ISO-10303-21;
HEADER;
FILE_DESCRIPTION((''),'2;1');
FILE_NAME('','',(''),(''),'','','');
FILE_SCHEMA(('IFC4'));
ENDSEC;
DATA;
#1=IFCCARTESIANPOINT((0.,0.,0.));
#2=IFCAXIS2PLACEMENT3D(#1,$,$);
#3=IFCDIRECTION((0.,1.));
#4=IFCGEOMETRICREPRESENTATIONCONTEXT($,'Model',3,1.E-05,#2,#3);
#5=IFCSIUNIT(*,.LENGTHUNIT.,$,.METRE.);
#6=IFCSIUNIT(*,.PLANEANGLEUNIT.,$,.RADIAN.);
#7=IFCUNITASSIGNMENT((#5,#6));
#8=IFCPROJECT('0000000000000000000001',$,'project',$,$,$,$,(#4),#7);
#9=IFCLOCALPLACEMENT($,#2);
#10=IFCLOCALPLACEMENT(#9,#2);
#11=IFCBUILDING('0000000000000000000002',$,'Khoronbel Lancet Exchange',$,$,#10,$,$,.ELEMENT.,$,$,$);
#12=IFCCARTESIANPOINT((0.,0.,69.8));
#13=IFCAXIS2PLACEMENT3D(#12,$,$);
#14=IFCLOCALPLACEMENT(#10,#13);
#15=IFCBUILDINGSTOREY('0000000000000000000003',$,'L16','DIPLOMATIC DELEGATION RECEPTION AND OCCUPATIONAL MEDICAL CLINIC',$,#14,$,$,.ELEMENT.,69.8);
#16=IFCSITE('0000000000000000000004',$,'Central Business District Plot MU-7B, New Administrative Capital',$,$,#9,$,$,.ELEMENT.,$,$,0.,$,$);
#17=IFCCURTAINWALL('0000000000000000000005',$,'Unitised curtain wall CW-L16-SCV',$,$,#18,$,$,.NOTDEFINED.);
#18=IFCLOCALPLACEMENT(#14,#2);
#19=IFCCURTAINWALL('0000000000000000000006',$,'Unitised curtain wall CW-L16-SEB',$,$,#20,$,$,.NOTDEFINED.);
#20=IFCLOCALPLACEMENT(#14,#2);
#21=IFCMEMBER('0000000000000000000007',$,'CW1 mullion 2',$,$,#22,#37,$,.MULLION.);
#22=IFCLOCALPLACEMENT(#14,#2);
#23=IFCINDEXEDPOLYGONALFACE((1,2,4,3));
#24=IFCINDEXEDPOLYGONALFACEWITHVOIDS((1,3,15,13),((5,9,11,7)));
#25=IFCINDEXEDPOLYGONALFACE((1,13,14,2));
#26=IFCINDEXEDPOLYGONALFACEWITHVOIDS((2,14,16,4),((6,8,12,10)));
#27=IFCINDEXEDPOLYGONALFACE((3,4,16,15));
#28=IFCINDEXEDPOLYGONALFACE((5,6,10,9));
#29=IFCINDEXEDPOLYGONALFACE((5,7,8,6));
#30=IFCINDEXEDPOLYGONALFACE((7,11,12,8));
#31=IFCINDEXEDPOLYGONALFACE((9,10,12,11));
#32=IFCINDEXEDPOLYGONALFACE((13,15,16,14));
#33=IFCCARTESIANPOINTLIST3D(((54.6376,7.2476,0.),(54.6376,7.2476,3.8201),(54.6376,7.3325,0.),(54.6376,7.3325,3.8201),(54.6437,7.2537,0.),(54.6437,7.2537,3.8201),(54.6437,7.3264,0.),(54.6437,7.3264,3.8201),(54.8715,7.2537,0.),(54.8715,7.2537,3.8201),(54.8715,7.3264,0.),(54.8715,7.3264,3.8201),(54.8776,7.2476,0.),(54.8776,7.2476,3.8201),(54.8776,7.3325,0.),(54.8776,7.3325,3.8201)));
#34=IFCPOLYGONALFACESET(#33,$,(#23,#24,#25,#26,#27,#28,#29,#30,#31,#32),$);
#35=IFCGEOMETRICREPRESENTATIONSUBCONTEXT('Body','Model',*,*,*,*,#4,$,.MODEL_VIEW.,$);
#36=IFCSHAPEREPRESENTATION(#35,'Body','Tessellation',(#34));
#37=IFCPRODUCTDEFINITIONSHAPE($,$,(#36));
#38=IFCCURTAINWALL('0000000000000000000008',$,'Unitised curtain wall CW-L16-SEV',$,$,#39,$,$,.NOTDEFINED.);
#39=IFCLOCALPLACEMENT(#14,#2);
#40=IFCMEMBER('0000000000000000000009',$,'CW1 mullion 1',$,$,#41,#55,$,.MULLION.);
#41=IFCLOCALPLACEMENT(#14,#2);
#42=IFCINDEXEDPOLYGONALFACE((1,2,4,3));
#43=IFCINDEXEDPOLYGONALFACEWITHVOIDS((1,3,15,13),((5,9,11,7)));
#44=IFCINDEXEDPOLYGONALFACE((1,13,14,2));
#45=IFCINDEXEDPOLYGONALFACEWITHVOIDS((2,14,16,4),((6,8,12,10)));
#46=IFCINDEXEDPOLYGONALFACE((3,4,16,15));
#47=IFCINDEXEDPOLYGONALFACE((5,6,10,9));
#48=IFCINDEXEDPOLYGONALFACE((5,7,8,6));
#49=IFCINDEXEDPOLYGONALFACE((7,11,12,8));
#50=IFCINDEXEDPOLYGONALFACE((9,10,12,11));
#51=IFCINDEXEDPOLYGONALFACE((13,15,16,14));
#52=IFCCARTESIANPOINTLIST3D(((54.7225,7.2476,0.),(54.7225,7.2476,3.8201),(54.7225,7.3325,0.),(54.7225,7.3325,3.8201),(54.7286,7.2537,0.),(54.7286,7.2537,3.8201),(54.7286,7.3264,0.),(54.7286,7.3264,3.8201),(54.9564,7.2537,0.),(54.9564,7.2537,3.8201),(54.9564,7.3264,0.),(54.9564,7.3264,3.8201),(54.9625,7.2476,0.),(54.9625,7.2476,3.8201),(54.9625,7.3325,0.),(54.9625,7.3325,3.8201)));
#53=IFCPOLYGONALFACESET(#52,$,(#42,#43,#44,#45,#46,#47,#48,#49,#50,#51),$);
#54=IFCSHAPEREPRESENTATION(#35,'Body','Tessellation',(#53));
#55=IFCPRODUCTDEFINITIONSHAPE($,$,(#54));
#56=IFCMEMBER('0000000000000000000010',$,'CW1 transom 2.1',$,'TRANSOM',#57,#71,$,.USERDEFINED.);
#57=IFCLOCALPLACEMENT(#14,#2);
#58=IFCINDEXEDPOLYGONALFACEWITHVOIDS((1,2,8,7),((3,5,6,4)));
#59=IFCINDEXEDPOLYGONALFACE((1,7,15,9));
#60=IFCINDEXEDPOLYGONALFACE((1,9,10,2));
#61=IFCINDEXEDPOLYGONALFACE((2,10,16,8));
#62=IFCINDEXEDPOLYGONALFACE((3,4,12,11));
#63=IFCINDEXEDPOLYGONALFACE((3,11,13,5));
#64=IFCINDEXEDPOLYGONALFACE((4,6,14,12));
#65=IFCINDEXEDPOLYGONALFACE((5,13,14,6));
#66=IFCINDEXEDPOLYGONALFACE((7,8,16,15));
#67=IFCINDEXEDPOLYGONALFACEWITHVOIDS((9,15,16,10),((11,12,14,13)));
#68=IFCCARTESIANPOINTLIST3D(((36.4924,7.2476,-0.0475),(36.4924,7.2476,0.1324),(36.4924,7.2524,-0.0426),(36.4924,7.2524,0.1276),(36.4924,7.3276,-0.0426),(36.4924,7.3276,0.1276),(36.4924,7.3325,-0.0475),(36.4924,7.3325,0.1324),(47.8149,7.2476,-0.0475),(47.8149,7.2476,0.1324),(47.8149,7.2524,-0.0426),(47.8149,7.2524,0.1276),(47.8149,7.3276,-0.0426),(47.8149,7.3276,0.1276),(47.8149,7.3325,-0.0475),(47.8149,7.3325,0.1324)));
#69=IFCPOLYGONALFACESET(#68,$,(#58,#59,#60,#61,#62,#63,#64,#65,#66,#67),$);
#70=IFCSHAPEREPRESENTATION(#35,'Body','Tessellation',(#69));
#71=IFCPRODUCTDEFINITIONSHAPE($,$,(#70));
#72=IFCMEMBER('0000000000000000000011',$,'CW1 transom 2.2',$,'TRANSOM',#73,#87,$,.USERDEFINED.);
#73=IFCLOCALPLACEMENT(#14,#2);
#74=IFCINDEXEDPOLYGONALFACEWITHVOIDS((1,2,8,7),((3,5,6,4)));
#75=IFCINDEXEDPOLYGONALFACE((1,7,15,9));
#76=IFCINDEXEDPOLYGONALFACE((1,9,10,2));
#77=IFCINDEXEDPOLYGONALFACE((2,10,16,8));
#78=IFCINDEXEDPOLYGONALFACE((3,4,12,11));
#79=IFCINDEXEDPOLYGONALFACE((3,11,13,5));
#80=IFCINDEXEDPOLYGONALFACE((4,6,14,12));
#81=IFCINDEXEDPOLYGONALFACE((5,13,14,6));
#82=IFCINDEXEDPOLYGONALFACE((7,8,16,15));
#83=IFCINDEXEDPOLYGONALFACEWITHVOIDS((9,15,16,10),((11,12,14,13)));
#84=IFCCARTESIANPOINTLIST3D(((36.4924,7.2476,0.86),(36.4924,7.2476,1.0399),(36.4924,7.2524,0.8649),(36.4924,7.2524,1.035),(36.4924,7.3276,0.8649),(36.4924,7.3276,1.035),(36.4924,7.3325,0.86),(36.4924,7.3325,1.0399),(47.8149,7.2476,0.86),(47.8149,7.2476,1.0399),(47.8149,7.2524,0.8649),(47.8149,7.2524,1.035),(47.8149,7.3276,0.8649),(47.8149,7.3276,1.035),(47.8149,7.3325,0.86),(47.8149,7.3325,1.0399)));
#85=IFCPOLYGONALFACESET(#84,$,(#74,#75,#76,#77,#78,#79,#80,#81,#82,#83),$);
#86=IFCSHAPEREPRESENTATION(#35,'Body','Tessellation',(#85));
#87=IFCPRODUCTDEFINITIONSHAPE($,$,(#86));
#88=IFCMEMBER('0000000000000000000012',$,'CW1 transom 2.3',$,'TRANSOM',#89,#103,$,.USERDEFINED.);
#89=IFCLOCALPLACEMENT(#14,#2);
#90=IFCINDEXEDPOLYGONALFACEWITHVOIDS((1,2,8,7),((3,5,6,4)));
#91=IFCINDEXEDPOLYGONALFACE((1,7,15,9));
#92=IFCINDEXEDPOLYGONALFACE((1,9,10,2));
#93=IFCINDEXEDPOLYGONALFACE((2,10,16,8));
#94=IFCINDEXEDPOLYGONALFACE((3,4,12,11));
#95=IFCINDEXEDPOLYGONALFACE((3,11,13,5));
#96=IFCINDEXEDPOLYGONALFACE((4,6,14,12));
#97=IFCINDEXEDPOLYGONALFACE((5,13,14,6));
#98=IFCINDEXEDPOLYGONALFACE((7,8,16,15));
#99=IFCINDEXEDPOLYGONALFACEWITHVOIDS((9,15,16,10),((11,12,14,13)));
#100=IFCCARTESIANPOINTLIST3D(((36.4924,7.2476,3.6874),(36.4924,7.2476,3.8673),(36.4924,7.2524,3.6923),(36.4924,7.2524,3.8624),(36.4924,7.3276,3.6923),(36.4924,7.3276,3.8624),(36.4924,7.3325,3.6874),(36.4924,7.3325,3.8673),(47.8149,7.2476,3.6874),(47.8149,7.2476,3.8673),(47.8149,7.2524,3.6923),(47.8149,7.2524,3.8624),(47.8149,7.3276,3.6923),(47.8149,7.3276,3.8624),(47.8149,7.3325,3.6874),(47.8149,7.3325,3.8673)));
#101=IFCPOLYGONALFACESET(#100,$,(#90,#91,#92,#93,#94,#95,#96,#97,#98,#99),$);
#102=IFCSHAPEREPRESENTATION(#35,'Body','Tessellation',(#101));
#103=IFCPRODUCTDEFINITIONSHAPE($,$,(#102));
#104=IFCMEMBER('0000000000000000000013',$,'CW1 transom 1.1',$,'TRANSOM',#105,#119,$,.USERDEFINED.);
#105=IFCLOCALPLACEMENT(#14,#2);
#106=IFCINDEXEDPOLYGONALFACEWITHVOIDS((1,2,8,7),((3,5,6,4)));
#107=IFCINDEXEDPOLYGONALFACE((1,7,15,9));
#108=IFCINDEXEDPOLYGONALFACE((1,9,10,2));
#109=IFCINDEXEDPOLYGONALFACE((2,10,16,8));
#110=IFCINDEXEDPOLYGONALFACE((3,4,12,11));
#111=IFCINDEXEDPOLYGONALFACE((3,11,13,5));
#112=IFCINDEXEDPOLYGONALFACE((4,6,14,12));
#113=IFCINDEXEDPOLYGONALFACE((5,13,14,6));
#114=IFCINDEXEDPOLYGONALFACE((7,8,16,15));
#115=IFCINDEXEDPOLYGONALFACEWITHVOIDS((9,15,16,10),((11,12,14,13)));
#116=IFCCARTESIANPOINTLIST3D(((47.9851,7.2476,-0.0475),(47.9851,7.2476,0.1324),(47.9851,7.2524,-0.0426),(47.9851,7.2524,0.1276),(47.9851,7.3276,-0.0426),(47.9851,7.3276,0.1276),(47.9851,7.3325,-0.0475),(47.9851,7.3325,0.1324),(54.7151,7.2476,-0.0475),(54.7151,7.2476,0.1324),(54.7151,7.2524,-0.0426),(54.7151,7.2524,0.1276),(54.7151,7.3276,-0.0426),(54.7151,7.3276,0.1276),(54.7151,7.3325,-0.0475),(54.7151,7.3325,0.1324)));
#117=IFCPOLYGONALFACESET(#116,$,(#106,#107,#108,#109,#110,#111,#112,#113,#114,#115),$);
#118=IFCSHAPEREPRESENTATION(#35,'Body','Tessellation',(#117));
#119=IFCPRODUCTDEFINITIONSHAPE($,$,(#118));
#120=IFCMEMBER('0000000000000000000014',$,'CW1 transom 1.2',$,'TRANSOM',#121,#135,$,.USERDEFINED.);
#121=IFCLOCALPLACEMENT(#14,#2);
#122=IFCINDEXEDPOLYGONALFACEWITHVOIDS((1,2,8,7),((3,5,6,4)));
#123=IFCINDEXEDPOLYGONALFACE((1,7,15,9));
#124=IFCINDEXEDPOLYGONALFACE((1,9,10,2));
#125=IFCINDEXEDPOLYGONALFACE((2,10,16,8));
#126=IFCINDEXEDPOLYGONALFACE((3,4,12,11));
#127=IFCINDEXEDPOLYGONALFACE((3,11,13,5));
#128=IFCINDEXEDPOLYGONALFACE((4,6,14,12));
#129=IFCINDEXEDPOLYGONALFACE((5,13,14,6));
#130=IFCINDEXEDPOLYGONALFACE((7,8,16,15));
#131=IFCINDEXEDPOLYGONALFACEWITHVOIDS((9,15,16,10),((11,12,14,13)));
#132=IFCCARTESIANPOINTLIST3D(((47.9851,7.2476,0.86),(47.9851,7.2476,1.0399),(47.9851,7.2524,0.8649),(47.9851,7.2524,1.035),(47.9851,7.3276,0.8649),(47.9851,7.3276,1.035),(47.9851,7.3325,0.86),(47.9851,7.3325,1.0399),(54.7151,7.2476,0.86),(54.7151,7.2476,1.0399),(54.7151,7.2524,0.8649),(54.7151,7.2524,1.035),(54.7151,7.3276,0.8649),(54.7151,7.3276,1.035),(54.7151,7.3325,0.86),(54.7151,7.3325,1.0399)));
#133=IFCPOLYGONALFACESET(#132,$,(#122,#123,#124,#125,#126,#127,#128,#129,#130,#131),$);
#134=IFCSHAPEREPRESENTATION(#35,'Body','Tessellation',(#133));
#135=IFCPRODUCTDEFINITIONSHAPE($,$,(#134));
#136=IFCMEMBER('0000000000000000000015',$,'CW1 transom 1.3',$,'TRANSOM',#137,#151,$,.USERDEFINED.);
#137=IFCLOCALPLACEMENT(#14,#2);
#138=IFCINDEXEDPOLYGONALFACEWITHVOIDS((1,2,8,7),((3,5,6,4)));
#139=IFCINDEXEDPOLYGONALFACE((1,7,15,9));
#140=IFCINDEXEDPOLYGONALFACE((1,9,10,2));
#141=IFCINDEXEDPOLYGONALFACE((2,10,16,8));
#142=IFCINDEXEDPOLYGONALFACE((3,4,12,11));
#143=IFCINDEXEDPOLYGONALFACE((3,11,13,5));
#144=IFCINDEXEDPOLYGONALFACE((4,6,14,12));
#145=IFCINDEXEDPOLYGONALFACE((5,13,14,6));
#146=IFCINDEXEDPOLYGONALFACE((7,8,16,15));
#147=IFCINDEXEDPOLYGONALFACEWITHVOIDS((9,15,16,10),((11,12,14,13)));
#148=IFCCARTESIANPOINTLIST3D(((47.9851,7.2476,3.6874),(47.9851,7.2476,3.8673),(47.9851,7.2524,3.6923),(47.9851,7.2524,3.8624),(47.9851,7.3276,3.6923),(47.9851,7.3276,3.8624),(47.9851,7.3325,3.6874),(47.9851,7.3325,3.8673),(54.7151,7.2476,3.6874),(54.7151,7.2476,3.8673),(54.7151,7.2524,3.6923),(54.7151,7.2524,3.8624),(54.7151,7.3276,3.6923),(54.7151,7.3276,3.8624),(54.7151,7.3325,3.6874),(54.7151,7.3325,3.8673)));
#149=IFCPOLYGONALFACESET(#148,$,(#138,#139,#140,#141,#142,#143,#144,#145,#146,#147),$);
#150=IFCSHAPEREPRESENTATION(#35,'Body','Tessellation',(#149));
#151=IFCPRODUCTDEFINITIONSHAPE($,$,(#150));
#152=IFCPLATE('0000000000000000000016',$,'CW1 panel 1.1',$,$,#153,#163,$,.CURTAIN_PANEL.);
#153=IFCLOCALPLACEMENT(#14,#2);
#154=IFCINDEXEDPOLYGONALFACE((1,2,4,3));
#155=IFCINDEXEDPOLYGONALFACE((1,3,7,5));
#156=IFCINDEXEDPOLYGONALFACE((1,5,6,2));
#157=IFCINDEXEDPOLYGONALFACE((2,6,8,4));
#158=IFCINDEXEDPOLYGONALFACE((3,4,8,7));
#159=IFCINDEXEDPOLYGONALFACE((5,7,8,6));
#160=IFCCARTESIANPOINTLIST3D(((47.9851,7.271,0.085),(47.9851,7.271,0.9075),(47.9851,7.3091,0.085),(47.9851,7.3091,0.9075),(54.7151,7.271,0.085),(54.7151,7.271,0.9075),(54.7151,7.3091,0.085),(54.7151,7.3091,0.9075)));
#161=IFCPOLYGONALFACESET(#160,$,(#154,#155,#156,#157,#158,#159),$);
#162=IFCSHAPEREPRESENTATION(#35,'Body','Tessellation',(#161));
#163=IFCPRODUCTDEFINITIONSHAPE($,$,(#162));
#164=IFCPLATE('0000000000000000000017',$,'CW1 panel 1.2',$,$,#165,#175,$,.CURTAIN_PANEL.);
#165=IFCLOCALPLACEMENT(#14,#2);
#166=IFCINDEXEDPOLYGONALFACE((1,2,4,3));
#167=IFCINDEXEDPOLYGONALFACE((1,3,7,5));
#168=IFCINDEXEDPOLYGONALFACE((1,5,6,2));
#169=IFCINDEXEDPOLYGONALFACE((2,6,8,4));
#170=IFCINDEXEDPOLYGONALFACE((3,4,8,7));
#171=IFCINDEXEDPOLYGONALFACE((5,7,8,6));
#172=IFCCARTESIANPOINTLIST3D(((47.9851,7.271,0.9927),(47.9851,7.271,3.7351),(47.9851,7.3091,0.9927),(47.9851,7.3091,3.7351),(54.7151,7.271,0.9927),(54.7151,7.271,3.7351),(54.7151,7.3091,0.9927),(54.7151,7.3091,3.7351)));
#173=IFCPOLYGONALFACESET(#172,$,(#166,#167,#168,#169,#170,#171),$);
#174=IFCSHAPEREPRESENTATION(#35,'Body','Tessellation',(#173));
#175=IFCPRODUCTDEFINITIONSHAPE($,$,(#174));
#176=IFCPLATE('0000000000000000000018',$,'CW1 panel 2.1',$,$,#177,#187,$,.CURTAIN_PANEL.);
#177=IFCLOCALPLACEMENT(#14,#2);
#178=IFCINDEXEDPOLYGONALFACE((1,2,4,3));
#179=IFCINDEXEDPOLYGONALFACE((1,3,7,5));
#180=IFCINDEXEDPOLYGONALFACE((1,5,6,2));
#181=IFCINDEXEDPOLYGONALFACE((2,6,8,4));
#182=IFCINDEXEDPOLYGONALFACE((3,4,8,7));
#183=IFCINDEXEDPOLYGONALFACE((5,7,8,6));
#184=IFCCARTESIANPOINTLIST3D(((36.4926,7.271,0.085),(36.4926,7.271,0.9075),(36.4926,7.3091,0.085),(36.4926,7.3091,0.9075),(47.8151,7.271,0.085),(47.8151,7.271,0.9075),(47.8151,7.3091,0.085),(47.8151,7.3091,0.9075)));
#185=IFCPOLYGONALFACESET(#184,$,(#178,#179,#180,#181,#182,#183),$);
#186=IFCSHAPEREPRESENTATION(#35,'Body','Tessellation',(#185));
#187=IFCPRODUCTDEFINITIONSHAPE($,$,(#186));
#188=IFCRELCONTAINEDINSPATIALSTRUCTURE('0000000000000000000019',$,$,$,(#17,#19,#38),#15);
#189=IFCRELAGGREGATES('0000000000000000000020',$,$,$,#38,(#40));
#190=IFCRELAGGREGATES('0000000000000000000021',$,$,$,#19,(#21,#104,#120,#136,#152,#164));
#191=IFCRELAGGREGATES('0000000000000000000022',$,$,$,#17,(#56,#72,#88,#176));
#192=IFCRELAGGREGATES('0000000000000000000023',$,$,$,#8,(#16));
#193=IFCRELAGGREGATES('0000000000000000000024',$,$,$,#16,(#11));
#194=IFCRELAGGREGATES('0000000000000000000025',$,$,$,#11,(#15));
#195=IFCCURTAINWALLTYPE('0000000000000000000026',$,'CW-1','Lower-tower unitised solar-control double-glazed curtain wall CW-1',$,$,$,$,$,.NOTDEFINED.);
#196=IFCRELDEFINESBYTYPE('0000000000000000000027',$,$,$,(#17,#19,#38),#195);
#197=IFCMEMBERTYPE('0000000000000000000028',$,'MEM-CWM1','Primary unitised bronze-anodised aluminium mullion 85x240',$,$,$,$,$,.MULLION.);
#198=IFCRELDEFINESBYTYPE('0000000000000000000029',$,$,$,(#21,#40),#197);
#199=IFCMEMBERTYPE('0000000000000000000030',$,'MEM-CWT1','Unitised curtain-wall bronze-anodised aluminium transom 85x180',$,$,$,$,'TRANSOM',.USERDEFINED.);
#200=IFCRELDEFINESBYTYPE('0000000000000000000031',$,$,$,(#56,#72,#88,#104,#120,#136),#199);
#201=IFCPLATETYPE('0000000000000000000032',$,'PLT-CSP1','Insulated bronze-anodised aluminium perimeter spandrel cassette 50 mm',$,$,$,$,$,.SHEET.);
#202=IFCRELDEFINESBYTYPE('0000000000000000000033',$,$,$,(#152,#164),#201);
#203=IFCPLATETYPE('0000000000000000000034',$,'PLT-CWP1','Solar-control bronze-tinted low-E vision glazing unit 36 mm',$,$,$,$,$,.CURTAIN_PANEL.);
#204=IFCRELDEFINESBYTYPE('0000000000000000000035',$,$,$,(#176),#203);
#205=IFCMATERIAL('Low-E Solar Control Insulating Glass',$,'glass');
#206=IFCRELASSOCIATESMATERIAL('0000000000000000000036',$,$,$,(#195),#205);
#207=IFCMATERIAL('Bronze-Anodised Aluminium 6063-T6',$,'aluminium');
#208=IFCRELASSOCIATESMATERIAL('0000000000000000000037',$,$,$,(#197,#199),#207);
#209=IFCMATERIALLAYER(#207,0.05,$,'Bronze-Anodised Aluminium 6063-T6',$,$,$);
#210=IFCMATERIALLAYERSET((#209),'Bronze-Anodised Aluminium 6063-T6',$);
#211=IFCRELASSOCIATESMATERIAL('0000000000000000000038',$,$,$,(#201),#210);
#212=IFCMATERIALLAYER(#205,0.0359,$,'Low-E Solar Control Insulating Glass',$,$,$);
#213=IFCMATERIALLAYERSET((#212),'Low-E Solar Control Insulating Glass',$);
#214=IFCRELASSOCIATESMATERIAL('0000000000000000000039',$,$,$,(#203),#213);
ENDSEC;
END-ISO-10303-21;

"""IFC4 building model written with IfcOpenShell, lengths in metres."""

from ifc_helpers import new_model, si_unit, direction, frame, origin, origin_2d, place, context, subcontext, project, spatial, rectangle, hollow_rectangle, extrude, material, layer, layer_set, material_profile, profile_set, type_object, element, aggregate, save


model = new_model("IFC4")

# Units and contexts
model_context = context("Model", 3, precision=1e-05, world=origin(), true_north=direction((0.0, 1.0)))
body_context = subcontext(model_context, "Body", "Model", "MODEL_VIEW")
ifc_project = project(units=[si_unit("LENGTHUNIT", "METRE"), si_unit("PLANEANGLEUNIT", "RADIAN")], contexts=[model_context])

# Site, building, storey
site_placement = place(None, origin())
site = spatial("IfcSite", under=ifc_project, at=site_placement, Name="Central Business District Plot MU-7B, New Administrative Capital", CompositionType="ELEMENT", RefElevation=0.0)
building_placement = place(site_placement, origin())
building = spatial("IfcBuilding", under=site, at=building_placement, Name="Khoronbel Lancet Exchange", CompositionType="ELEMENT")
storey_placement = place(building_placement, frame((0.0, 0.0, 69.8)))
storey = spatial("IfcBuildingStorey", under=building, at=storey_placement, Name="L16", Description="DIPLOMATIC DELEGATION RECEPTION AND OCCUPATIONAL MEDICAL CLINIC", CompositionType="ELEMENT", Elevation=69.8)

# Curtain walls, member
ifc_material_1 = material(Name="Low-E Solar Control Insulating Glass", Category="glass")
curtain_wall_type = type_object("IfcCurtainWallType", Name="CW-1", Description="Lower-tower unitised solar-control double-glazed curtain wall CW-1", PredefinedType="NOTDEFINED", material=ifc_material_1)
curtain_wall_1_placement = place(storey_placement, origin())
curtain_wall_1 = element("IfcCurtainWall", 1, at=curtain_wall_1_placement, inside=storey, type_object=curtain_wall_type, Name="Unitised curtain wall CW-L16-SCV", PredefinedType="NOTDEFINED")
ifc_material_2 = material(Name="Bronze-Anodised Aluminium 6063-T6", Category="aluminium")
ifc_material_profile_1 = material_profile(ifc_material_2, hollow_rectangle(XDim=0.085, YDim=0.24, WallThickness=0.0061, at=origin_2d()), Name="ALU MULLION 85x240")
ifc_profile_set_1 = profile_set([ifc_material_profile_1], Name="Bronze-Anodised Aluminium 6063-T6")
member_type_1 = type_object("IfcMemberType", Name="MEM-CWM1", Description="Primary unitised bronze-anodised aluminium mullion 85x240", PredefinedType="MULLION", material=ifc_profile_set_1)
curtain_wall_2_placement = place(storey_placement, origin())
curtain_wall_2 = element("IfcCurtainWall", 2, at=curtain_wall_2_placement, inside=storey, type_object=curtain_wall_type, Name="Unitised curtain wall CW-L16-SEB", PredefinedType="NOTDEFINED")
member_1_placement = place(storey_placement, frame((54.7576, 7.29, 0.0), z_axis=(0.0, 0.0, 1.0), x_axis=(0.0, 1.0, 0.0)))
member_1 = element("IfcMember", 3, at=member_1_placement, type_object=member_type_1, Name="CW1 mullion 2", PredefinedType="MULLION", context=body_context, shape_type="SweptSolid", body=[
    extrude(hollow_rectangle(XDim=0.085, YDim=0.24, WallThickness=0.0061, at=origin_2d()), origin(), (0.0, 0.0, 1.0), 3.8201),
])

# Curtain wall, member
curtain_wall_3_placement = place(storey_placement, origin())
curtain_wall_3 = element("IfcCurtainWall", 4, at=curtain_wall_3_placement, inside=storey, type_object=curtain_wall_type, Name="Unitised curtain wall CW-L16-SEV", PredefinedType="NOTDEFINED")
member_2_placement = place(storey_placement, frame((54.8425, 7.29, 0.0), z_axis=(0.0, 0.0, 1.0), x_axis=(0.0, 1.0, 0.0)))
member_2 = element("IfcMember", 5, at=member_2_placement, type_object=member_type_1, Name="CW1 mullion 1", PredefinedType="MULLION", context=body_context, shape_type="SweptSolid", body=[
    extrude(hollow_rectangle(XDim=0.085, YDim=0.24, WallThickness=0.0061, at=origin_2d()), origin(), (0.0, 0.0, 1.0), 3.8201),
])
aggregate(curtain_wall_3, [member_2])

# Members
ifc_material_profile_2 = material_profile(ifc_material_2, hollow_rectangle(XDim=0.085, YDim=0.1799, WallThickness=0.0049, at=origin_2d()), Name="ALU TRANSOM 85x180")
ifc_profile_set_2 = profile_set([ifc_material_profile_2], Name="Bronze-Anodised Aluminium 6063-T6")
member_type_2 = type_object("IfcMemberType", Name="MEM-CWT1", Description="Unitised curtain-wall bronze-anodised aluminium transom 85x180", ElementType="TRANSOM", PredefinedType="USERDEFINED", material=ifc_profile_set_2)
member_3_placement = place(storey_placement, frame((36.4924, 7.29, 0.0425), z_axis=(1.0, 0.0, 0.0), x_axis=(0.0, 1.0, 0.0)))
member_3 = element("IfcMember", 6, at=member_3_placement, type_object=member_type_2, Name="CW1 transom 2.1", ObjectType="TRANSOM", PredefinedType="USERDEFINED", context=body_context, shape_type="SweptSolid", body=[
    extrude(hollow_rectangle(XDim=0.085, YDim=0.1799, WallThickness=0.0049, at=origin_2d()), origin(), (0.0, 0.0, 1.0), 11.3225),
])
member_4_placement = place(storey_placement, frame((36.4924, 7.29, 0.95), z_axis=(1.0, 0.0, 0.0), x_axis=(0.0, 1.0, 0.0)))
member_4 = element("IfcMember", 7, at=member_4_placement, type_object=member_type_2, Name="CW1 transom 2.2", ObjectType="TRANSOM", PredefinedType="USERDEFINED", context=body_context, shape_type="SweptSolid", body=[
    extrude(hollow_rectangle(XDim=0.085, YDim=0.1799, WallThickness=0.0049, at=origin_2d()), origin(), (0.0, 0.0, 1.0), 11.3225),
])
member_5_placement = place(storey_placement, frame((36.4924, 7.29, 3.7773), z_axis=(1.0, 0.0, 0.0), x_axis=(0.0, 1.0, 0.0)))
member_5 = element("IfcMember", 8, at=member_5_placement, type_object=member_type_2, Name="CW1 transom 2.3", ObjectType="TRANSOM", PredefinedType="USERDEFINED", context=body_context, shape_type="SweptSolid", body=[
    extrude(hollow_rectangle(XDim=0.085, YDim=0.1799, WallThickness=0.0049, at=origin_2d()), origin(), (0.0, 0.0, 1.0), 11.3225),
])
member_6_placement = place(storey_placement, frame((47.9851, 7.29, 0.0425), z_axis=(1.0, 0.0, 0.0), x_axis=(0.0, 1.0, 0.0)))
member_6 = element("IfcMember", 9, at=member_6_placement, type_object=member_type_2, Name="CW1 transom 1.1", ObjectType="TRANSOM", PredefinedType="USERDEFINED", context=body_context, shape_type="SweptSolid", body=[
    extrude(hollow_rectangle(XDim=0.085, YDim=0.1799, WallThickness=0.0049, at=origin_2d()), origin(), (0.0, 0.0, 1.0), 6.73),
])
member_7_placement = place(storey_placement, frame((47.9851, 7.29, 0.95), z_axis=(1.0, 0.0, 0.0), x_axis=(0.0, 1.0, 0.0)))
member_7 = element("IfcMember", 10, at=member_7_placement, type_object=member_type_2, Name="CW1 transom 1.2", ObjectType="TRANSOM", PredefinedType="USERDEFINED", context=body_context, shape_type="SweptSolid", body=[
    extrude(hollow_rectangle(XDim=0.085, YDim=0.1799, WallThickness=0.0049, at=origin_2d()), origin(), (0.0, 0.0, 1.0), 6.73),
])
member_8_placement = place(storey_placement, frame((47.9851, 7.29, 3.7773), z_axis=(1.0, 0.0, 0.0), x_axis=(0.0, 1.0, 0.0)))
member_8 = element("IfcMember", 11, at=member_8_placement, type_object=member_type_2, Name="CW1 transom 1.3", ObjectType="TRANSOM", PredefinedType="USERDEFINED", context=body_context, shape_type="SweptSolid", body=[
    extrude(hollow_rectangle(XDim=0.085, YDim=0.1799, WallThickness=0.0049, at=origin_2d()), origin(), (0.0, 0.0, 1.0), 6.73),
])

# Plates
ifc_layer_1 = layer(ifc_material_2, 0.05, Name="Bronze-Anodised Aluminium 6063-T6")
ifc_layer_set_1 = layer_set([ifc_layer_1], Name="Bronze-Anodised Aluminium 6063-T6")
plate_type_1 = type_object("IfcPlateType", Name="PLT-CSP1", Description="Insulated bronze-anodised aluminium perimeter spandrel cassette 50 mm", PredefinedType="SHEET", material=ifc_layer_set_1)
plate_1_placement = place(storey_placement, frame((51.3501, 7.29, 0.085), z_axis=(0.0, 0.0, 1.0), x_axis=(1.0, 0.0, 0.0)))
plate_1 = element("IfcPlate", 12, at=plate_1_placement, type_object=plate_type_1, Name="CW1 panel 1.1", PredefinedType="CURTAIN_PANEL", context=body_context, shape_type="SweptSolid", body=[
    extrude(rectangle(XDim=6.73, YDim=0.0381, at=origin_2d()), origin(), (0.0, 0.0, 1.0), 0.8225),
])
plate_2_placement = place(storey_placement, frame((51.3501, 7.29, 0.9927), z_axis=(0.0, 0.0, 1.0), x_axis=(1.0, 0.0, 0.0)))
plate_2 = element("IfcPlate", 13, at=plate_2_placement, type_object=plate_type_1, Name="CW1 panel 1.2", PredefinedType="CURTAIN_PANEL", context=body_context, shape_type="SweptSolid", body=[
    extrude(rectangle(XDim=6.73, YDim=0.0381, at=origin_2d()), origin(), (0.0, 0.0, 1.0), 2.7424),
])
aggregate(curtain_wall_2, [member_1, member_6, member_7, member_8, plate_1, plate_2])
ifc_layer_2 = layer(ifc_material_1, 0.0359, Name="Low-E Solar Control Insulating Glass")
ifc_layer_set_2 = layer_set([ifc_layer_2], Name="Low-E Solar Control Insulating Glass")
plate_type_2 = type_object("IfcPlateType", Name="PLT-CWP1", Description="Solar-control bronze-tinted low-E vision glazing unit 36 mm", PredefinedType="CURTAIN_PANEL", material=ifc_layer_set_2)
plate_3_placement = place(storey_placement, frame((42.1538, 7.29, 0.085), z_axis=(0.0, 0.0, 1.0), x_axis=(1.0, 0.0, 0.0)))
plate_3 = element("IfcPlate", 14, at=plate_3_placement, type_object=plate_type_2, Name="CW1 panel 2.1", PredefinedType="CURTAIN_PANEL", context=body_context, shape_type="SweptSolid", body=[
    extrude(rectangle(XDim=11.3225, YDim=0.0381, at=origin_2d()), origin(), (0.0, 0.0, 1.0), 0.8225),
])
aggregate(curtain_wall_1, [member_3, member_4, member_5, plate_3])

save(model, "model.ifc")
